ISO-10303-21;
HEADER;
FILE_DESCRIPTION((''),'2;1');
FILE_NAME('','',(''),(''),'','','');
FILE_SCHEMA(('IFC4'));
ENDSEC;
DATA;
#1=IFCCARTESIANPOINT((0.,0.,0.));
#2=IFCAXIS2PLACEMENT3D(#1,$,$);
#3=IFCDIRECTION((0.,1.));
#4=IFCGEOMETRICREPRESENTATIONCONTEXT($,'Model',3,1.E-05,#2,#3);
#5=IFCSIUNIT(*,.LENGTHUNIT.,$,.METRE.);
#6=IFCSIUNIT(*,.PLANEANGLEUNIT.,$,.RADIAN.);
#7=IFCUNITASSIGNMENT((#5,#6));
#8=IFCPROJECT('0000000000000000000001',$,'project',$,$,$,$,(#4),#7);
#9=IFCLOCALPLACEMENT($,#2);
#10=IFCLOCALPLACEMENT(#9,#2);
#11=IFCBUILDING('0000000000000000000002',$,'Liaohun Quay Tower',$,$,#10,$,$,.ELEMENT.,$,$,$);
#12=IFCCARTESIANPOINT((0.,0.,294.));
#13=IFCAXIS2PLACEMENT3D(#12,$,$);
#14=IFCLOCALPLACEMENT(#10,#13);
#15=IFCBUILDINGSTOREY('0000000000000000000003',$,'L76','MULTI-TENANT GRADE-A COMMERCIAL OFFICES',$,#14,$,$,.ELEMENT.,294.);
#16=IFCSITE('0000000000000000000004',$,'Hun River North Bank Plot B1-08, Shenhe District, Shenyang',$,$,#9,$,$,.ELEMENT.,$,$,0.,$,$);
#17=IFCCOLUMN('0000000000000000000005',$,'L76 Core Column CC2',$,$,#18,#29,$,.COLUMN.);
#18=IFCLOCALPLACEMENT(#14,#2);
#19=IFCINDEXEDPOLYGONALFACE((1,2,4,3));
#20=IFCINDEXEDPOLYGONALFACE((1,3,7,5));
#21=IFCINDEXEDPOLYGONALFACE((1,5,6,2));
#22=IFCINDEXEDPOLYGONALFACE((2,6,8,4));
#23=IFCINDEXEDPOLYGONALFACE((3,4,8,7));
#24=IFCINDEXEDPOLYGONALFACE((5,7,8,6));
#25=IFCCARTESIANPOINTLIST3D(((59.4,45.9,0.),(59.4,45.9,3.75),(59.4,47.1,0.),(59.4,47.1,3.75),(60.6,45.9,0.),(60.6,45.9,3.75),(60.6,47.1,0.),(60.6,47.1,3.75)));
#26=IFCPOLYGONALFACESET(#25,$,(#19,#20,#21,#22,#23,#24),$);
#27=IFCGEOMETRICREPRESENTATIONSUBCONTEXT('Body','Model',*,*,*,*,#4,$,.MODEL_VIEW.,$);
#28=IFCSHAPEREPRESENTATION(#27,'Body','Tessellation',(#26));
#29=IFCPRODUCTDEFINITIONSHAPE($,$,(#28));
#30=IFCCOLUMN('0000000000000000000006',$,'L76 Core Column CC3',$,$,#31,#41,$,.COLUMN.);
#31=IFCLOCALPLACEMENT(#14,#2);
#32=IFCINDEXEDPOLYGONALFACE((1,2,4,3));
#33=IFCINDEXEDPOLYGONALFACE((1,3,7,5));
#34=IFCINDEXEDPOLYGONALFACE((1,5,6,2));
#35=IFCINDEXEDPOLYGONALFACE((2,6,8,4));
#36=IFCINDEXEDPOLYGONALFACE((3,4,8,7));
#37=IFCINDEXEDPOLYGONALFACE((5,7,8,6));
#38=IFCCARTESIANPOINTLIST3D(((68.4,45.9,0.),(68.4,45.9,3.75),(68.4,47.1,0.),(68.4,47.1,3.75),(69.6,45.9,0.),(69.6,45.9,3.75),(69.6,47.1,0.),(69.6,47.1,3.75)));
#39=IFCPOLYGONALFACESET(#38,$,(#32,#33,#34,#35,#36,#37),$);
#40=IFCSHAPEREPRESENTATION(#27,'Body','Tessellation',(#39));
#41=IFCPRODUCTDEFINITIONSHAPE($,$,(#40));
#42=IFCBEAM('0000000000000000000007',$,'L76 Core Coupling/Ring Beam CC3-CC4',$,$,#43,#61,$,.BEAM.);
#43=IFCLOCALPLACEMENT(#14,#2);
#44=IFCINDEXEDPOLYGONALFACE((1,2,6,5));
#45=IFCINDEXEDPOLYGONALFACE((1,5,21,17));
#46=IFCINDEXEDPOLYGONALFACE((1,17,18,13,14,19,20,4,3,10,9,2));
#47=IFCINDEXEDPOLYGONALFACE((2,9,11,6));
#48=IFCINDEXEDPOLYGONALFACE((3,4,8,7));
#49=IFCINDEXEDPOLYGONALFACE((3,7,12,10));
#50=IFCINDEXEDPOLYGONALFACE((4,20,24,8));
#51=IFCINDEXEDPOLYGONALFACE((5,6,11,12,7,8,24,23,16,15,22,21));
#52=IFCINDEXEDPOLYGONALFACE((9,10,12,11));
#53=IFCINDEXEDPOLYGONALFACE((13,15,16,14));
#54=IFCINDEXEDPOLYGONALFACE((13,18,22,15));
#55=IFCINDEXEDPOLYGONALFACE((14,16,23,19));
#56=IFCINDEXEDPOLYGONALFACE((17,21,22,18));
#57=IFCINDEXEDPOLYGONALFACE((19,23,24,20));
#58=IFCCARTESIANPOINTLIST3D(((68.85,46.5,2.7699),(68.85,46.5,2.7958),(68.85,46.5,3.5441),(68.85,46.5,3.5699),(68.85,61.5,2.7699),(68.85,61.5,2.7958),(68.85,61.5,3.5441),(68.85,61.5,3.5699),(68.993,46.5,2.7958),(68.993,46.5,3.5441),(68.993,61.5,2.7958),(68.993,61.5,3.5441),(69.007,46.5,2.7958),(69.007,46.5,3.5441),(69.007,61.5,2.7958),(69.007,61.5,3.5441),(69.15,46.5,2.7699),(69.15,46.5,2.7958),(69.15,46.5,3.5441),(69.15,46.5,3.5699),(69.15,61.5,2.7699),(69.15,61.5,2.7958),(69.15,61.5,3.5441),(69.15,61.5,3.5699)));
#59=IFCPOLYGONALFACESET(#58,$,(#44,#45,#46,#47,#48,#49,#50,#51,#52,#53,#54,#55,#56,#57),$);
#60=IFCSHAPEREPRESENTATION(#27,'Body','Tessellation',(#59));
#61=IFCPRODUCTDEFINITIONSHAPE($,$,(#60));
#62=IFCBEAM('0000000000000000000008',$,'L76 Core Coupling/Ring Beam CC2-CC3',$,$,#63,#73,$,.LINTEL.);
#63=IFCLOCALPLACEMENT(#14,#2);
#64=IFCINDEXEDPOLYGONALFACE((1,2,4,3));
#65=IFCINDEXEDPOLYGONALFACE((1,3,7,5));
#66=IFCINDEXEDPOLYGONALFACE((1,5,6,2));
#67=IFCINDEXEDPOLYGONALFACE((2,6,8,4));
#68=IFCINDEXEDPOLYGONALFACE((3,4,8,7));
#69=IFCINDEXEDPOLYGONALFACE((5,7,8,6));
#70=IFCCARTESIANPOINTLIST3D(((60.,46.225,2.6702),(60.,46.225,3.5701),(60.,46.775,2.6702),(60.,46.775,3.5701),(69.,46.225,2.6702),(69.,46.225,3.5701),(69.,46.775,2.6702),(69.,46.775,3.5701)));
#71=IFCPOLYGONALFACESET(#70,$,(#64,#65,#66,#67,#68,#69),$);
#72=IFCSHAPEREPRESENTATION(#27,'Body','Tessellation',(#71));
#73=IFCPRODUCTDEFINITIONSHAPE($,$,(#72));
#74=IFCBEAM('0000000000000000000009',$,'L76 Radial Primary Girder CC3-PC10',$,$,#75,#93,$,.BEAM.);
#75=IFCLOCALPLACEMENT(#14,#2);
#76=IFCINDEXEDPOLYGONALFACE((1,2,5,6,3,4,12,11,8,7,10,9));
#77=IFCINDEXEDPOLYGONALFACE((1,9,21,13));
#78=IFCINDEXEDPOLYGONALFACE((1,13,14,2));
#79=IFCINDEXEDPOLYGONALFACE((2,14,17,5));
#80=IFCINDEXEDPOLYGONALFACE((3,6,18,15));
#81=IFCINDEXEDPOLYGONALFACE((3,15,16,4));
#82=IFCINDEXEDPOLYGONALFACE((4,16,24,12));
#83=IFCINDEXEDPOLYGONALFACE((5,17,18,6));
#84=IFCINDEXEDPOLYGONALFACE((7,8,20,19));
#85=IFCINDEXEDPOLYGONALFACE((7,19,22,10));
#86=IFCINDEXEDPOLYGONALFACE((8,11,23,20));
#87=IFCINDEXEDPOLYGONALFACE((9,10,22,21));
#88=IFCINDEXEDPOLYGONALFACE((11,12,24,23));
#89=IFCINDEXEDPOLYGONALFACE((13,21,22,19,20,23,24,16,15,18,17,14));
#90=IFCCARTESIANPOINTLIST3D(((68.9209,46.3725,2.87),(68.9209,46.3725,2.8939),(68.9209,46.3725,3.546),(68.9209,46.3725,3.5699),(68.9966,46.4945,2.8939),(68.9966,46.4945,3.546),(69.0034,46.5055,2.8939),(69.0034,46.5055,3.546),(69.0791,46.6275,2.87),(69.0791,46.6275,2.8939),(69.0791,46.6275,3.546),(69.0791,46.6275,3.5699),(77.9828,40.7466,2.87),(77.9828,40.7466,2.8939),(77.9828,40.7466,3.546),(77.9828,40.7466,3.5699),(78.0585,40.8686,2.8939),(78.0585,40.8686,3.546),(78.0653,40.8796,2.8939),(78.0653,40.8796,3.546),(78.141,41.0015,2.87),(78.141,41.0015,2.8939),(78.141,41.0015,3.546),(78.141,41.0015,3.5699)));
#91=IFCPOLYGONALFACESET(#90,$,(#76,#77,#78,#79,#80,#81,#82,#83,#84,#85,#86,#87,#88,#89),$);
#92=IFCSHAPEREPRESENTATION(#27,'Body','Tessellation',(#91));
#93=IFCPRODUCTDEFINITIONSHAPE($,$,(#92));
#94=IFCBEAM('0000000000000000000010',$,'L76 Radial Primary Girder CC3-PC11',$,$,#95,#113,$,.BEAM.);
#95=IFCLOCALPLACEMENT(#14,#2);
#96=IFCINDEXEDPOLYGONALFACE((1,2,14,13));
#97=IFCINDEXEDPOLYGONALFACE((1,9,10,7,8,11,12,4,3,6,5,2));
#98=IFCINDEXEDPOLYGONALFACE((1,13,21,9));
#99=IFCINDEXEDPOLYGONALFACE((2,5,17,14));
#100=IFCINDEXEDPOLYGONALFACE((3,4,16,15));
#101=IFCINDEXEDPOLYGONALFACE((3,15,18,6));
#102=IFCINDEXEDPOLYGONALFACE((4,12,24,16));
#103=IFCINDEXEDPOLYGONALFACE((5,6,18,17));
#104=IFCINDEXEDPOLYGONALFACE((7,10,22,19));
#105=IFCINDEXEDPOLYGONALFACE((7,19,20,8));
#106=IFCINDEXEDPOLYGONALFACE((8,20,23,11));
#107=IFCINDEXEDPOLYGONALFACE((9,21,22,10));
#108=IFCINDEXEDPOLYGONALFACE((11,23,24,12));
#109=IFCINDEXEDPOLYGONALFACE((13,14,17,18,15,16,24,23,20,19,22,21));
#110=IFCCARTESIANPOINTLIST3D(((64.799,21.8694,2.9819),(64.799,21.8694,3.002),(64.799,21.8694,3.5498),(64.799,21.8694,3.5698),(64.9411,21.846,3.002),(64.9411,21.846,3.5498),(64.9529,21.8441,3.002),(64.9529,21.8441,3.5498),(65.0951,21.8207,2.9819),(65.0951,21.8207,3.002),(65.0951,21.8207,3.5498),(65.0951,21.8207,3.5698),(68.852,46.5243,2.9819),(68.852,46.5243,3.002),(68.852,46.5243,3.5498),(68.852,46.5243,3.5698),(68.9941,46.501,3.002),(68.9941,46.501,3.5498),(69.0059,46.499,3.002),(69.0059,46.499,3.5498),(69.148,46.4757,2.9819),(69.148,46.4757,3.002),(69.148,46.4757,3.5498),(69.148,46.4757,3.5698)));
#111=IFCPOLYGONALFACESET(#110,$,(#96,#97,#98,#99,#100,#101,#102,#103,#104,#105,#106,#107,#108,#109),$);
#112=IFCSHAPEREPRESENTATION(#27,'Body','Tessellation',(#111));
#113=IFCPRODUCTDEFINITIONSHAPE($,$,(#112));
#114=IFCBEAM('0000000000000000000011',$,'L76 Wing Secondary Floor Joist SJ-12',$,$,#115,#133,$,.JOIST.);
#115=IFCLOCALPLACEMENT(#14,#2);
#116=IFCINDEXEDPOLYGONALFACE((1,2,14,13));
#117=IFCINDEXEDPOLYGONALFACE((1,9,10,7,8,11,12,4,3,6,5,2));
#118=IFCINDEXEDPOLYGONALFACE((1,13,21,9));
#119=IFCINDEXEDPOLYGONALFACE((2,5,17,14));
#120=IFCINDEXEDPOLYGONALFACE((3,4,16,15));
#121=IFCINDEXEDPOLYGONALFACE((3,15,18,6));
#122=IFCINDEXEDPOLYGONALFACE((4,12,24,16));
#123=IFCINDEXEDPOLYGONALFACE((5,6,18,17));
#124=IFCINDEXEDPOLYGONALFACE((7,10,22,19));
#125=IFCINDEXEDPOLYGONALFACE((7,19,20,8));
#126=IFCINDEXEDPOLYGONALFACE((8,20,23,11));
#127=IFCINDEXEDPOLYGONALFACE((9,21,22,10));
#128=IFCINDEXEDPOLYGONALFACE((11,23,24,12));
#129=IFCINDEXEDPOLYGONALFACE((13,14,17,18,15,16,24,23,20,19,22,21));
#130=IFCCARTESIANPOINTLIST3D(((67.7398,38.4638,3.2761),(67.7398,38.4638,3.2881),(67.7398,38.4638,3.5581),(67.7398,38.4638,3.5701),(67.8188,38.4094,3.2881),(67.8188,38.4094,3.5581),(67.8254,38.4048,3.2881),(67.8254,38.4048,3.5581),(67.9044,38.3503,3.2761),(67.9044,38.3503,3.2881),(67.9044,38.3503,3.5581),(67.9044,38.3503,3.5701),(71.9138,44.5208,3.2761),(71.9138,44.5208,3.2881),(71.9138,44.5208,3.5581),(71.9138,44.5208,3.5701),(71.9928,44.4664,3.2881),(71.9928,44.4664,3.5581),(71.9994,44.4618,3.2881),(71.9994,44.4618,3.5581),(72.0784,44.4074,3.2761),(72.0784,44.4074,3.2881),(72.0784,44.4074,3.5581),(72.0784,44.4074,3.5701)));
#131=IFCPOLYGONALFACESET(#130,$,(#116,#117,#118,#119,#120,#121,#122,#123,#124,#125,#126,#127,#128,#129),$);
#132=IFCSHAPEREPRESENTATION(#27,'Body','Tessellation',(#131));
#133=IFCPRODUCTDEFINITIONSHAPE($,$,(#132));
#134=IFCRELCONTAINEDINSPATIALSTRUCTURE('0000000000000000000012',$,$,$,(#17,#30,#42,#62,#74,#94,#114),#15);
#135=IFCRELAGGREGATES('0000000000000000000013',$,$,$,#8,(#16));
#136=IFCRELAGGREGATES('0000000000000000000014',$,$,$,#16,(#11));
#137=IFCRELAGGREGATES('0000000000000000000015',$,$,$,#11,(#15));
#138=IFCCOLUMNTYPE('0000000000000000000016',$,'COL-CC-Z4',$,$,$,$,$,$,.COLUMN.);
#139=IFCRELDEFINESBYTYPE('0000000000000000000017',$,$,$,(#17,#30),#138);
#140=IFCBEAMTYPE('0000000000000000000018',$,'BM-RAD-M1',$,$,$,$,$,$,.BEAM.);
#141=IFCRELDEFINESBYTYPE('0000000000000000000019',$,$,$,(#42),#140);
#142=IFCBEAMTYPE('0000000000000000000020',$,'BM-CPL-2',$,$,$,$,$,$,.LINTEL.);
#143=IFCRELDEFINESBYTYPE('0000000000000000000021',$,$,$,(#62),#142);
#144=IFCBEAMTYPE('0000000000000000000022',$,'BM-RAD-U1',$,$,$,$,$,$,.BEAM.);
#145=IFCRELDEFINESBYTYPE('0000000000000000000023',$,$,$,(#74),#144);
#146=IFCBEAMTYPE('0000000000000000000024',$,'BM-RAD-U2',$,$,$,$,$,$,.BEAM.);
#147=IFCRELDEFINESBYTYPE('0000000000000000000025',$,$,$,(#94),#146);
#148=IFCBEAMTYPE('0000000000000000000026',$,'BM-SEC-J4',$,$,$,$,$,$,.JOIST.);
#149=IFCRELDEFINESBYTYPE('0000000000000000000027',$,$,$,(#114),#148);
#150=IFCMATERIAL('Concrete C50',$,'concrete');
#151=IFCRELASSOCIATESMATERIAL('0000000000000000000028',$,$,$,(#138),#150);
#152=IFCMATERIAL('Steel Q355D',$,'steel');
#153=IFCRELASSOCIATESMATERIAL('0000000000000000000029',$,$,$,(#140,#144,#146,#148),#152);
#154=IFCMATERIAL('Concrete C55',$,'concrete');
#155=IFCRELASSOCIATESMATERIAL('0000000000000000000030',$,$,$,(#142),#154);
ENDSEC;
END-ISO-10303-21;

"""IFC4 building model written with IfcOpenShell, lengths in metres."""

from ifc_helpers import new_model, si_unit, direction, frame, origin, origin_2d, place, context, subcontext, project, spatial, rectangle, i_section, extrude, source, transform, mapped, material, material_profile, profile_set, type_object, element, save


model = new_model("IFC4")

# Units and contexts
model_context = context("Model", 3, precision=1e-05, world=origin(), true_north=direction((0.0, 1.0)))
body_context = subcontext(model_context, "Body", "Model", "MODEL_VIEW")
ifc_project = project(units=[si_unit("LENGTHUNIT", "METRE"), si_unit("PLANEANGLEUNIT", "RADIAN")], contexts=[model_context])

# Site, building, storey
site_placement = place(None, origin())
site = spatial("IfcSite", under=ifc_project, at=site_placement, Name="Hun River North Bank Plot B1-08, Shenhe District, Shenyang", CompositionType="ELEMENT", RefElevation=0.0)
building_placement = place(site_placement, origin())
building = spatial("IfcBuilding", under=site, at=building_placement, Name="Liaohun Quay Tower", CompositionType="ELEMENT")
storey_placement = place(building_placement, frame((0.0, 0.0, 294.0)))
storey = spatial("IfcBuildingStorey", under=building, at=storey_placement, Name="L76", Description="MULTI-TENANT GRADE-A COMMERCIAL OFFICES", CompositionType="ELEMENT", Elevation=294.0)

# Columns
ifc_material_1 = material(Name="Concrete C50", Category="concrete")
ifc_material_profile_1 = material_profile(ifc_material_1, rectangle(XDim=1.2, YDim=1.2, at=origin_2d()), Name="RC1200x1200")
ifc_profile_set_1 = profile_set([ifc_material_profile_1], Name="Concrete C50")
column_type = type_object("IfcColumnType", Name="COL-CC-Z4", PredefinedType="COLUMN", material=ifc_profile_set_1)
shared_shape_1 = source(origin(), body_context, "Body", "SweptSolid", [
    extrude(rectangle(XDim=1.2, YDim=1.2, at=origin_2d()), origin(), (0.0, 0.0, 1.0), 3.75),
])
for number, where, z_axis, x_axis, name in (
    (1, (60.0, 46.5, 0.0), (0.0, 0.0, 1.0), (1.0, 0.0, 0.0), "L76 Core Column CC2"),
    (2, (69.0, 46.5, 0.0), (0.0, 0.0, 1.0), (1.0, 0.0, 0.0), "L76 Core Column CC3"),
):
    element("IfcColumn", number, at=place(storey_placement, frame(where, z_axis=z_axis, x_axis=x_axis)), inside=storey, type_object=column_type, Name=name, PredefinedType="COLUMN", context=body_context, shape_type="MappedRepresentation", body=[
        mapped(shared_shape_1, transform((0.0, 0.0, 0.0), x_axis=(1.0, 0.0, 0.0), y_axis=(0.0, 1.0, 0.0), z_axis=(0.0, 0.0, 1.0), scale=1.0)),
    ])

# Beams
ifc_material_2 = material(Name="Steel Q355D", Category="steel")
ifc_material_profile_2 = material_profile(ifc_material_2, i_section(OverallWidth=0.3, OverallDepth=0.8, WebThickness=0.0139, FlangeThickness=0.0259, at=origin_2d()), Name="HN800x300x14x26")
ifc_profile_set_2 = profile_set([ifc_material_profile_2], Name="Steel Q355D")
beam_type_1 = type_object("IfcBeamType", Name="BM-RAD-M1", PredefinedType="BEAM", material=ifc_profile_set_2)
shared_shape_2 = source(origin(), body_context, "Body", "SweptSolid", [
    extrude(i_section(OverallWidth=0.3, OverallDepth=0.8, WebThickness=0.0139, FlangeThickness=0.0259, at=origin_2d()), origin(), (0.0, 0.0, 1.0), 15.0),
])
beam_1_placement = place(storey_placement, frame((69.0, 46.5, 3.1699), z_axis=(0.0, 1.0, 0.0), x_axis=(-1.0, 0.0, 0.0)))
element("IfcBeam", 3, at=beam_1_placement, inside=storey, type_object=beam_type_1, Name="L76 Core Coupling/Ring Beam CC3-CC4", PredefinedType="BEAM", context=body_context, shape_type="MappedRepresentation", body=[
    mapped(shared_shape_2, transform((0.0, 0.0, 0.0), x_axis=(1.0, 0.0, 0.0), y_axis=(0.0, 1.0, 0.0), z_axis=(0.0, 0.0, 1.0), scale=1.0)),
])
ifc_material_3 = material(Name="Concrete C55", Category="concrete")
ifc_material_profile_3 = material_profile(ifc_material_3, rectangle(XDim=0.55, YDim=0.8999, at=origin_2d()), Name="RC550x900")
ifc_profile_set_3 = profile_set([ifc_material_profile_3], Name="Concrete C55")
beam_type_2 = type_object("IfcBeamType", Name="BM-CPL-2", PredefinedType="LINTEL", material=ifc_profile_set_3)
shared_shape_3 = source(origin(), body_context, "Body", "SweptSolid", [
    extrude(rectangle(XDim=0.55, YDim=0.8999, at=origin_2d()), origin(), (0.0, 0.0, 1.0), 9.0),
])
beam_2_placement = place(storey_placement, frame((60.0, 46.5, 3.1201), z_axis=(1.0, 0.0, 0.0), x_axis=(0.0, 1.0, 0.0)))
element("IfcBeam", 4, at=beam_2_placement, inside=storey, type_object=beam_type_2, Name="L76 Core Coupling/Ring Beam CC2-CC3", PredefinedType="LINTEL", context=body_context, shape_type="MappedRepresentation", body=[
    mapped(shared_shape_3, transform((0.0, 0.0, 0.0), x_axis=(1.0, 0.0, 0.0), y_axis=(0.0, 1.0, 0.0), z_axis=(0.0, 0.0, 1.0), scale=1.0)),
])
ifc_material_profile_4 = material_profile(ifc_material_2, i_section(OverallWidth=0.3, OverallDepth=0.7, WebThickness=0.0129, FlangeThickness=0.0239, at=origin_2d()), Name="HN700x300x13x24")
ifc_profile_set_4 = profile_set([ifc_material_profile_4], Name="Steel Q355D")
beam_type_3 = type_object("IfcBeamType", Name="BM-RAD-U1", PredefinedType="BEAM", material=ifc_profile_set_4)
shared_shape_4 = source(origin(), body_context, "Body", "SweptSolid", [
    extrude(i_section(OverallWidth=0.3, OverallDepth=0.7, WebThickness=0.0129, FlangeThickness=0.0239, at=origin_2d()), origin(), (0.0, 0.0, 1.0), 10.6663),
])
beam_3_placement = place(storey_placement, frame((69.0, 46.5, 3.22), z_axis=(0.849586, -0.527449, 0.0), x_axis=(0.527449, 0.849586, 0.0)))
element("IfcBeam", 5, at=beam_3_placement, inside=storey, type_object=beam_type_3, Name="L76 Radial Primary Girder CC3-PC10", PredefinedType="BEAM", context=body_context, shape_type="MappedRepresentation", body=[
    mapped(shared_shape_4, transform((0.0, 0.0, 0.0), x_axis=(1.0, 0.0, 0.0), y_axis=(0.0, 1.0, 0.0), z_axis=(0.0, 0.0, 1.0), scale=1.0)),
])
ifc_material_profile_5 = material_profile(ifc_material_2, i_section(OverallWidth=0.3, OverallDepth=0.5879, WebThickness=0.012, FlangeThickness=0.02, at=origin_2d()), Name="HM588x300x12x20")
ifc_profile_set_5 = profile_set([ifc_material_profile_5], Name="Steel Q355D")
beam_type_4 = type_object("IfcBeamType", Name="BM-RAD-U2", PredefinedType="BEAM", material=ifc_profile_set_5)
shared_shape_5 = source(origin(), body_context, "Body", "SweptSolid", [
    extrude(i_section(OverallWidth=0.3, OverallDepth=0.5879, WebThickness=0.012, FlangeThickness=0.02, at=origin_2d()), origin(), (0.0, 0.0, 1.0), 24.9858),
])
beam_4_placement = place(storey_placement, frame((69.0, 46.5, 3.2759), z_axis=(-0.16221, -0.986756, 0.0), x_axis=(0.986756, -0.16221, 0.0)))
element("IfcBeam", 6, at=beam_4_placement, inside=storey, type_object=beam_type_4, Name="L76 Radial Primary Girder CC3-PC11", PredefinedType="BEAM", context=body_context, shape_type="MappedRepresentation", body=[
    mapped(shared_shape_5, transform((0.0, 0.0, 0.0), x_axis=(1.0, 0.0, 0.0), y_axis=(0.0, 1.0, 0.0), z_axis=(0.0, 0.0, 1.0), scale=1.0)),
])
ifc_material_profile_6 = material_profile(ifc_material_2, i_section(OverallWidth=0.2, OverallDepth=0.2939, WebThickness=0.0081, FlangeThickness=0.012, at=origin_2d()), Name="HM294x200x8x12")
ifc_profile_set_6 = profile_set([ifc_material_profile_6], Name="Steel Q355D")
beam_type_5 = type_object("IfcBeamType", Name="BM-SEC-J4", PredefinedType="JOIST", material=ifc_profile_set_6)
shared_shape_6 = source(origin(), body_context, "Body", "SweptSolid", [
    extrude(i_section(OverallWidth=0.2, OverallDepth=0.2939, WebThickness=0.0081, FlangeThickness=0.012, at=origin_2d()), origin(), (0.0, 0.0, 1.0), 7.356),
])
beam_5_placement = place(storey_placement, frame((71.9961, 44.4641, 3.4231), z_axis=(-0.567433, -0.82342, 0.0), x_axis=(0.82342, -0.567433, 0.0)))
element("IfcBeam", 7, at=beam_5_placement, inside=storey, type_object=beam_type_5, Name="L76 Wing Secondary Floor Joist SJ-12", PredefinedType="JOIST", context=body_context, shape_type="MappedRepresentation", body=[
    mapped(shared_shape_6, transform((0.0, 0.0, 0.0), x_axis=(1.0, 0.0, 0.0), y_axis=(0.0, 1.0, 0.0), z_axis=(0.0, 0.0, 1.0), scale=1.0)),
])

save(model, "model.ifc")
